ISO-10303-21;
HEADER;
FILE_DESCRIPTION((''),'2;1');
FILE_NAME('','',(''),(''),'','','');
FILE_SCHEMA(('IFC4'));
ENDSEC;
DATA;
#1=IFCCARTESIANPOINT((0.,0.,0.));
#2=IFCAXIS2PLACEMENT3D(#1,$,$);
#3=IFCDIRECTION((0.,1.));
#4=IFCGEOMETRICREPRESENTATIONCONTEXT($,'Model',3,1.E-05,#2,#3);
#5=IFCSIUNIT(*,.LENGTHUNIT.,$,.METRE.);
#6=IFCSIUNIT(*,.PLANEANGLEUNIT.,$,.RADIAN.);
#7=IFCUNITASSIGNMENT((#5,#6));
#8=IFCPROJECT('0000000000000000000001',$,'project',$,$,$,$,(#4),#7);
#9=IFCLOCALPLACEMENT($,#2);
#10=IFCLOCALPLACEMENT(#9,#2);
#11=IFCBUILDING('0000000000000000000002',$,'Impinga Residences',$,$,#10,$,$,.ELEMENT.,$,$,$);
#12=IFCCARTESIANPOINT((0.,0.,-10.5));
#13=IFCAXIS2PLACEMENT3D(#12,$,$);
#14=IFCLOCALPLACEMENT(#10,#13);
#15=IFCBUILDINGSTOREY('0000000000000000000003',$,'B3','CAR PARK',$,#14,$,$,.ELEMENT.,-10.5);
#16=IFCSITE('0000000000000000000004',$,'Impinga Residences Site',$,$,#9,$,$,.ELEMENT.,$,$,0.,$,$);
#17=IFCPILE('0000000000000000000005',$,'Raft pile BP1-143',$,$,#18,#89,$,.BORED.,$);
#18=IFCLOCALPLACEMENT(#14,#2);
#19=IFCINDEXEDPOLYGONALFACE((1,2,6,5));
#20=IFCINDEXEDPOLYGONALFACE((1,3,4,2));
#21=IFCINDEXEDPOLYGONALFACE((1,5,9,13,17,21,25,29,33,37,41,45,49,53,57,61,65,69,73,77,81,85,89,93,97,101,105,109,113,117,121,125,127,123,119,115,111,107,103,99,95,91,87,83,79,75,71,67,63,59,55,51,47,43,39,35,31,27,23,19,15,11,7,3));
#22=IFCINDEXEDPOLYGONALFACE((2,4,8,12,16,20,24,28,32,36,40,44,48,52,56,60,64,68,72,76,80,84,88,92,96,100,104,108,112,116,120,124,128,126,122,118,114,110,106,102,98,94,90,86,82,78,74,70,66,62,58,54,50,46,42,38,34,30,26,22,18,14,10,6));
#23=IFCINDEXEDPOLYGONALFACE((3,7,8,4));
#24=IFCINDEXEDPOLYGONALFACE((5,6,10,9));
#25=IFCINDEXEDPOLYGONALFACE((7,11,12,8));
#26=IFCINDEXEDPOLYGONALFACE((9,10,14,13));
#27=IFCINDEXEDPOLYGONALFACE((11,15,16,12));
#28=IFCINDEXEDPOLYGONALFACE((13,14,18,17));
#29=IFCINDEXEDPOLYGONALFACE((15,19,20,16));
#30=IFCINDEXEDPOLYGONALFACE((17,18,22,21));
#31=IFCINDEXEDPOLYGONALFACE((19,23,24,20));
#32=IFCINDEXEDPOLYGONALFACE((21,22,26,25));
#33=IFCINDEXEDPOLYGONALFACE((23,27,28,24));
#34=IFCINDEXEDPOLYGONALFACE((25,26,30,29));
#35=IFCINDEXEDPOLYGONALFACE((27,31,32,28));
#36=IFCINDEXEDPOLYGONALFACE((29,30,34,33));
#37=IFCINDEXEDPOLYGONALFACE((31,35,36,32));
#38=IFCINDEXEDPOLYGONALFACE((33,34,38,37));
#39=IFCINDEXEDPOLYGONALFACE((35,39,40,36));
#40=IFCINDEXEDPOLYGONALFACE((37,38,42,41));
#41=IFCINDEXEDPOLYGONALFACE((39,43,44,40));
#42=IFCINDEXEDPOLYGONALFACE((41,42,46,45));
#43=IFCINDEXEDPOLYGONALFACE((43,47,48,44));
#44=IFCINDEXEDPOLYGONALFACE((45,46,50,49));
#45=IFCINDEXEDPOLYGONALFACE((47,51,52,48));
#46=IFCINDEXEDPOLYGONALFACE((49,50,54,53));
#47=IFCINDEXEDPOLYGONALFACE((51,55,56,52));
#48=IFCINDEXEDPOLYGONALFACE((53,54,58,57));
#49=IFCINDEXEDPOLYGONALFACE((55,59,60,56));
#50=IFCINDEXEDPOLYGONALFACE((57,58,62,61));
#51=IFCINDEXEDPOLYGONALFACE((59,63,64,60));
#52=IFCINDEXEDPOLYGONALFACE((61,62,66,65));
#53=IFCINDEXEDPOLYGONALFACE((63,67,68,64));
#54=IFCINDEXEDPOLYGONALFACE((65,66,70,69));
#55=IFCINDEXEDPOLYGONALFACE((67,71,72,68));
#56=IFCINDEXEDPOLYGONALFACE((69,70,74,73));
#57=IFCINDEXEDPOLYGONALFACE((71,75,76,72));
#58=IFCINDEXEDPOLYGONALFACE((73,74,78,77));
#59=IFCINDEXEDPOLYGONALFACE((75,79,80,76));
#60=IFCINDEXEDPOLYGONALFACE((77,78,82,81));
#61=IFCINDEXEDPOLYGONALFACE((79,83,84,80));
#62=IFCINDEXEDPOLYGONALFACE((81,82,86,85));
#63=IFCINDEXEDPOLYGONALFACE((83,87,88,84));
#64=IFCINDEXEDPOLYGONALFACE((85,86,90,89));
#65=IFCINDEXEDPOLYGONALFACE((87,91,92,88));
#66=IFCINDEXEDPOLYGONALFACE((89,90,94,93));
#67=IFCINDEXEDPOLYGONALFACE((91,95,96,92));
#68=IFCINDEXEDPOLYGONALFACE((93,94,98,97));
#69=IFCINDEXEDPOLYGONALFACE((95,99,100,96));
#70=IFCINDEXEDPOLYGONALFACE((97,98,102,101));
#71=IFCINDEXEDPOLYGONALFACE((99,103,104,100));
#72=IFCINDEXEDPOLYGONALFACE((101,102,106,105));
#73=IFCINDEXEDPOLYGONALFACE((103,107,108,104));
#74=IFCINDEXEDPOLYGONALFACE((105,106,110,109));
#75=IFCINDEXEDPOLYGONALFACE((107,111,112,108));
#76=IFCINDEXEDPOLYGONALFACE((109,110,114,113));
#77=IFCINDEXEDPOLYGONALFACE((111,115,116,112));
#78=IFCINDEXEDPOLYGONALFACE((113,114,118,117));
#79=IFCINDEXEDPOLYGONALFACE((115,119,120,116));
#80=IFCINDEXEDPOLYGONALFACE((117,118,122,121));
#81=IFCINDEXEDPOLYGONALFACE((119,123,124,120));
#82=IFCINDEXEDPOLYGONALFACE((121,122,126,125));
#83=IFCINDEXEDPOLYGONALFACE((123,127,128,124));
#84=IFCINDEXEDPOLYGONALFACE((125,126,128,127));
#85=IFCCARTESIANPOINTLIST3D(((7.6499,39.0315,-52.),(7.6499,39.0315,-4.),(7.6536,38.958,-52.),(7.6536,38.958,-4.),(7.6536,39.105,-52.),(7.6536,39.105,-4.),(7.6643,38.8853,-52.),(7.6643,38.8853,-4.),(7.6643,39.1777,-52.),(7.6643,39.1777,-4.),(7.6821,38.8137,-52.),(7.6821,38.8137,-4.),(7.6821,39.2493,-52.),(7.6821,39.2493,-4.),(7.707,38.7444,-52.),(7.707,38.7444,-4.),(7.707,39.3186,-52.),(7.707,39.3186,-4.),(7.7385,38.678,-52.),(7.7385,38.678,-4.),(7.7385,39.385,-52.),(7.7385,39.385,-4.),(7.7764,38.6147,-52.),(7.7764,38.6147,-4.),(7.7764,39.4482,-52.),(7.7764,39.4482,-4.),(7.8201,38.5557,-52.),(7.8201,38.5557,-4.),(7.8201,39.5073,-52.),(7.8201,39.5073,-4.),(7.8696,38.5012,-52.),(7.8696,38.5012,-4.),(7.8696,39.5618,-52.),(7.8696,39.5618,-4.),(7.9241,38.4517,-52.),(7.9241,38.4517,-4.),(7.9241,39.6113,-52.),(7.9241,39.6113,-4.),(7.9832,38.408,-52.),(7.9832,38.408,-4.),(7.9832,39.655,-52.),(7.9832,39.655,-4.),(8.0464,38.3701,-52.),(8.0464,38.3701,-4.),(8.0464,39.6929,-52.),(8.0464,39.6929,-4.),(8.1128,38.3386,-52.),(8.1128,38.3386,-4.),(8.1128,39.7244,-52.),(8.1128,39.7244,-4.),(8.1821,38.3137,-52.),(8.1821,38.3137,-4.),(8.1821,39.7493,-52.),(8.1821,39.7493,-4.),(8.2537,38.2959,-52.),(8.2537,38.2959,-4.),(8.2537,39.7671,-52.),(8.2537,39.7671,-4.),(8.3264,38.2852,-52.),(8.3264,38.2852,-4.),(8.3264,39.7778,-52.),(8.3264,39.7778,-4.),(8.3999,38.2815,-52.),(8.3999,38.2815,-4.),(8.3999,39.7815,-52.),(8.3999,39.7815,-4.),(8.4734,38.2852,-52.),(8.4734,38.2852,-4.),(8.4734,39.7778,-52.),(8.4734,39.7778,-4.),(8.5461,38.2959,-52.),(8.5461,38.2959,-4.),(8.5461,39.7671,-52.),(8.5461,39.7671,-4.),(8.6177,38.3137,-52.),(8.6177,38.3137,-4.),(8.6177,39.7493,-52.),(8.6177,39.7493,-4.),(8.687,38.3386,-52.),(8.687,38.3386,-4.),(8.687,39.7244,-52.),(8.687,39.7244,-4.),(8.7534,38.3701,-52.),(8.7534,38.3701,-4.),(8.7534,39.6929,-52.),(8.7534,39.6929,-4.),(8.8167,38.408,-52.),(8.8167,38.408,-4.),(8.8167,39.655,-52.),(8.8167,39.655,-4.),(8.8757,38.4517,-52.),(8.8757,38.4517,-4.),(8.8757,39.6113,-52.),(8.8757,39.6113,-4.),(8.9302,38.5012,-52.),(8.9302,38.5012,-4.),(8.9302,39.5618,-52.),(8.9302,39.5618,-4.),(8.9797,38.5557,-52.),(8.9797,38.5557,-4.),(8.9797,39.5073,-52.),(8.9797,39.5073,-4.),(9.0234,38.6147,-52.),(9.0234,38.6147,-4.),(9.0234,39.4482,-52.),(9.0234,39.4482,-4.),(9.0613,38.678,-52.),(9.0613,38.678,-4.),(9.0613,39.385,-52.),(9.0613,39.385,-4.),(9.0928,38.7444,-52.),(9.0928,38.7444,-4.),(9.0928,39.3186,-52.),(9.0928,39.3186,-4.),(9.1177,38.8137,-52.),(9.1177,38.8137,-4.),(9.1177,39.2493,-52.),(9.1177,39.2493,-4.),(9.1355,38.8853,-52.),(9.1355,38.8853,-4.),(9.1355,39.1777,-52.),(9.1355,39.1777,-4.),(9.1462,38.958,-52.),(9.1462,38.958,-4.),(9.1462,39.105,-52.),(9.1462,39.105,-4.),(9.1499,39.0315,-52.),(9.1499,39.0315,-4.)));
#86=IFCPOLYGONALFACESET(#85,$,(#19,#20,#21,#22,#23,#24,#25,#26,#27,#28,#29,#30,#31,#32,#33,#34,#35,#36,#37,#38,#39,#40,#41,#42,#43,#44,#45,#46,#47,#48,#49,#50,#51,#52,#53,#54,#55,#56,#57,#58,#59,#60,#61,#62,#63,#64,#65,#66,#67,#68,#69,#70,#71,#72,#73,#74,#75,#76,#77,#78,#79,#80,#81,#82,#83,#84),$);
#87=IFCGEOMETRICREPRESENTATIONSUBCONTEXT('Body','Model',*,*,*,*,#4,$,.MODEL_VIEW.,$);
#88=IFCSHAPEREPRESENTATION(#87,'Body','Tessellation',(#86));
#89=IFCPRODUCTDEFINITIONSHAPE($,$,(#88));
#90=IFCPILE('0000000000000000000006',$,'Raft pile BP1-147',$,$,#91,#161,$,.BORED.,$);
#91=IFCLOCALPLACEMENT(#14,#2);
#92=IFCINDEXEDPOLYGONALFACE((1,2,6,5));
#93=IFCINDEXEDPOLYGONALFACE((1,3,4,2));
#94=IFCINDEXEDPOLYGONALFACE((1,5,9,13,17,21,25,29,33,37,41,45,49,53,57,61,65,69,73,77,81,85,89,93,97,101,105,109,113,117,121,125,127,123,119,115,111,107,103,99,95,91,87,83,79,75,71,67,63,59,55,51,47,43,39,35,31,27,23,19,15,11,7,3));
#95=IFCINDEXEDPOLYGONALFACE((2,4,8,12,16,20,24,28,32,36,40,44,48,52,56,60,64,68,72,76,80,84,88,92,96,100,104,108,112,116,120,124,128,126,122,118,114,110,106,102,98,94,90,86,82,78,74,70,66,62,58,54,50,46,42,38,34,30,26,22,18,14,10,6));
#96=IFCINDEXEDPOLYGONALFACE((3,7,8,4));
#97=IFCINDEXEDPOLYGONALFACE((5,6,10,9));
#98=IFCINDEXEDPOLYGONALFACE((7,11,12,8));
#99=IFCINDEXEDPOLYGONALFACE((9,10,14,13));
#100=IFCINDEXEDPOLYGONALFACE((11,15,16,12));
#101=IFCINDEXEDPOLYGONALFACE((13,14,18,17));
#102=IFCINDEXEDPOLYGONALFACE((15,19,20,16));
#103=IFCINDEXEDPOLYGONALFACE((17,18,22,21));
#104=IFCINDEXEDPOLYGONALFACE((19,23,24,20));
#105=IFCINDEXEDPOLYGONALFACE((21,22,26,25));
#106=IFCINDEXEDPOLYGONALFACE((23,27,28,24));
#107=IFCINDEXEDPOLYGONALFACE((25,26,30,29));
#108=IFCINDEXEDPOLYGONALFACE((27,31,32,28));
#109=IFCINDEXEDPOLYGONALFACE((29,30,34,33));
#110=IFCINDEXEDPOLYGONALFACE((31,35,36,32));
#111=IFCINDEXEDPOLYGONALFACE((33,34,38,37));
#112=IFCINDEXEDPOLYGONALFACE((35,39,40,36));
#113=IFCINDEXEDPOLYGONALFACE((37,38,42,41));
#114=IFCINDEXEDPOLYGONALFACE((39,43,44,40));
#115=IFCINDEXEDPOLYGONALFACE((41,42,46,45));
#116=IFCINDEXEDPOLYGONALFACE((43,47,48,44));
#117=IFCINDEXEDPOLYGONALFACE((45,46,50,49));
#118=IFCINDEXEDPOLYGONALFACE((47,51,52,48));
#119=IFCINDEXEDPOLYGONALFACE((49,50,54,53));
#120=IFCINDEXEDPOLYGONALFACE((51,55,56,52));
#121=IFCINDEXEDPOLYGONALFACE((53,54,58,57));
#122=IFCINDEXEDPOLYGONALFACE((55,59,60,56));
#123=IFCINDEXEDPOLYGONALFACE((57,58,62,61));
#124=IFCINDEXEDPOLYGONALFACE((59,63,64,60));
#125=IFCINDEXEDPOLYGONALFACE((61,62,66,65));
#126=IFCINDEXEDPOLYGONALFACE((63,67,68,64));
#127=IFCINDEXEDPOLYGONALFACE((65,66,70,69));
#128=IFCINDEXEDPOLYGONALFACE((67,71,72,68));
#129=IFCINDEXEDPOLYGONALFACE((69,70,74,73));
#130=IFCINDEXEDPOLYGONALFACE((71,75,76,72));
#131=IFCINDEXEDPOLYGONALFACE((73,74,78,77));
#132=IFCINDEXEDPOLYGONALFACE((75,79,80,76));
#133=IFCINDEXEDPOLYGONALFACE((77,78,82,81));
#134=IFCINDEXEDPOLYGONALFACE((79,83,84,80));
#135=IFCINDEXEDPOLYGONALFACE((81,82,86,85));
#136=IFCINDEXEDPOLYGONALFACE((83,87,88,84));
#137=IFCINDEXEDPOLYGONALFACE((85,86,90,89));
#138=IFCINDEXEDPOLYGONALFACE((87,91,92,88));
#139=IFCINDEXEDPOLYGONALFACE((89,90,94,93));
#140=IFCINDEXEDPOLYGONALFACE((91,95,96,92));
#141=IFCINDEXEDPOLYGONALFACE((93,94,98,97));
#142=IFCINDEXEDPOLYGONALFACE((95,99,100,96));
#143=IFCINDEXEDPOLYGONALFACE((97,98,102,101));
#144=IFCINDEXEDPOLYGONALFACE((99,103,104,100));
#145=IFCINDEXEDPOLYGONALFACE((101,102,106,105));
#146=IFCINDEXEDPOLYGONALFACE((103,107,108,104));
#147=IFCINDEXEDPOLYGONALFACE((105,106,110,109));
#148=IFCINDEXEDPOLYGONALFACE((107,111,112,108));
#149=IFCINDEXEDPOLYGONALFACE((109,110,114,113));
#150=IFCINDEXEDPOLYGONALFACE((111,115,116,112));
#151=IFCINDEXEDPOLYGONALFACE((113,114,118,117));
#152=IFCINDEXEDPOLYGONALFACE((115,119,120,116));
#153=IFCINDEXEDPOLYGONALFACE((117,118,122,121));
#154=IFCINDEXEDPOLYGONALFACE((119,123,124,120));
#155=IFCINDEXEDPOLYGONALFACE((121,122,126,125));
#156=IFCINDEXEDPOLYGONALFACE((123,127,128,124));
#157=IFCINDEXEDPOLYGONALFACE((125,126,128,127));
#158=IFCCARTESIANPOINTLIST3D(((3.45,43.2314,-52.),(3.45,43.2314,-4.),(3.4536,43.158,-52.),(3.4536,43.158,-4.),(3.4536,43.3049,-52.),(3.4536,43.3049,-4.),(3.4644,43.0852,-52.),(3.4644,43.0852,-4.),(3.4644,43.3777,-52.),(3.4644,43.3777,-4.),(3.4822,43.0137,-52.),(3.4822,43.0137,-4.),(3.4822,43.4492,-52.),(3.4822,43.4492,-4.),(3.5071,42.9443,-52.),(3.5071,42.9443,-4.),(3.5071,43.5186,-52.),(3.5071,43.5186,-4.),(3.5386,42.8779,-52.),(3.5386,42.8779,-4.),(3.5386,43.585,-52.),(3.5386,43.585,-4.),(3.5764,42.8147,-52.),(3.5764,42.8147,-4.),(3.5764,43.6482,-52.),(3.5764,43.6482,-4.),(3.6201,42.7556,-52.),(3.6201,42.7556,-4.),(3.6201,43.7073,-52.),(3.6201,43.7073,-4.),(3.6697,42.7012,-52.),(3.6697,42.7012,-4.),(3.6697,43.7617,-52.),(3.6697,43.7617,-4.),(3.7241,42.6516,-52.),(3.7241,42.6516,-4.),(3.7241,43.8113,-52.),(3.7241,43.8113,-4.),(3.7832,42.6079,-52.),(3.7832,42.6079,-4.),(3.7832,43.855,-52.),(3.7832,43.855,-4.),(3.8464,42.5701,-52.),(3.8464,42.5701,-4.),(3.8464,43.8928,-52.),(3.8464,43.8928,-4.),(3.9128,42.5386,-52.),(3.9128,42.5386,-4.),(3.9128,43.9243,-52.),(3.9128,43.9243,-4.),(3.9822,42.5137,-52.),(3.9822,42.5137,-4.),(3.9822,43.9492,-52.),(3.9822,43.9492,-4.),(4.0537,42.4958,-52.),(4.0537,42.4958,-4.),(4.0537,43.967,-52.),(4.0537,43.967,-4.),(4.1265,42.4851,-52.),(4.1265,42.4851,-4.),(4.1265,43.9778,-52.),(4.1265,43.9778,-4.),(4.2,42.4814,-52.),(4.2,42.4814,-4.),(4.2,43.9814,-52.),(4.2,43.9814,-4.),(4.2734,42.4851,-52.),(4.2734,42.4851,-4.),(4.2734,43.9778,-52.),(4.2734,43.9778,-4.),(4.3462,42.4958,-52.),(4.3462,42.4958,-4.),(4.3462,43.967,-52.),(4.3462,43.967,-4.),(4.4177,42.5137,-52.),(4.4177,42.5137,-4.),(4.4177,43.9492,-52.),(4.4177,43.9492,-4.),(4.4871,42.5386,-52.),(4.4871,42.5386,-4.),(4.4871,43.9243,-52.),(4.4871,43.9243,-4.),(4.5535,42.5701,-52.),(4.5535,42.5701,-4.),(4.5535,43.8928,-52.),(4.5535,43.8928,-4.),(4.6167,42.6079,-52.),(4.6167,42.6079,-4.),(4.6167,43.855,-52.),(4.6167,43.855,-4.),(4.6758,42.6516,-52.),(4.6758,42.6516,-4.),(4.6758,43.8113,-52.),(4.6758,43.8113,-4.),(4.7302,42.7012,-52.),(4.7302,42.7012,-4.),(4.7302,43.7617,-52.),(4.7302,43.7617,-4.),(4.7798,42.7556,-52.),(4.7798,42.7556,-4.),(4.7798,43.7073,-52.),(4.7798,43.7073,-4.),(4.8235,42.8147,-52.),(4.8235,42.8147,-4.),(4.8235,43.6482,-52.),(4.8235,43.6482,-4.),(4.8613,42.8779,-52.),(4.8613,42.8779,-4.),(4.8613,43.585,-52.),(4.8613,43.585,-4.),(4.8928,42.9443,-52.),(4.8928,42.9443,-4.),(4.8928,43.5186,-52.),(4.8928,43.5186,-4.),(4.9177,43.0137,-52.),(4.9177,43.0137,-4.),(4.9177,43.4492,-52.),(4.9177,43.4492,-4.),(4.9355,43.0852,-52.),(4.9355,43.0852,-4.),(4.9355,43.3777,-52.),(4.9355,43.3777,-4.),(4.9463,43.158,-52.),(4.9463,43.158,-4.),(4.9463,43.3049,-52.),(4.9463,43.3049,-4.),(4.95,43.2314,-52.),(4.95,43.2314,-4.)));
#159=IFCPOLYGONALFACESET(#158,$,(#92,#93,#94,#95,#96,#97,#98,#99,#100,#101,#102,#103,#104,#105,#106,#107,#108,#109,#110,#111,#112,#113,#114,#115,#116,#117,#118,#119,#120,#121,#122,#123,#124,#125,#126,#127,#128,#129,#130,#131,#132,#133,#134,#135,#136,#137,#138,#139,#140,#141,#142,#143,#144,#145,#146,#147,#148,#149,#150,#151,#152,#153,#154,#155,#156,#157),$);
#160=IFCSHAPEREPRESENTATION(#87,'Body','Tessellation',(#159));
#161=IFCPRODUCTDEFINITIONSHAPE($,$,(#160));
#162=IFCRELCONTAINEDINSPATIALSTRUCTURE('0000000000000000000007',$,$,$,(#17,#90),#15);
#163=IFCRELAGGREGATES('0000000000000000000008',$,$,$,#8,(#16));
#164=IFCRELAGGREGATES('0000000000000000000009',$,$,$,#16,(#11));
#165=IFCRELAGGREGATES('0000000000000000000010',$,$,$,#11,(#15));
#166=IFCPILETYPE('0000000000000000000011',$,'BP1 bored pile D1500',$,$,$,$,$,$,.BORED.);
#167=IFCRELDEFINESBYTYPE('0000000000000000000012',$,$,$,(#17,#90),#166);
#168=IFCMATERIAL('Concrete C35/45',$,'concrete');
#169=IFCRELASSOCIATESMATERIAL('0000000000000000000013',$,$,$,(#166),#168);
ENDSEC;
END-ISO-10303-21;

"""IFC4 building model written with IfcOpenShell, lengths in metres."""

from ifc_helpers import new_model, si_unit, direction, frame, origin, origin_2d, place, context, subcontext, project, spatial, polyline, circle, outline, extrude, material, material_profile, profile_set, type_object, element, save


model = new_model("IFC4")

# Units and contexts
model_context = context("Model", 3, precision=1e-05, world=origin(), true_north=direction((0.0, 1.0)))
body_context = subcontext(model_context, "Body", "Model", "MODEL_VIEW")
ifc_project = project(units=[si_unit("LENGTHUNIT", "METRE"), si_unit("PLANEANGLEUNIT", "RADIAN")], contexts=[model_context])

# Site, building, storey
site_placement = place(None, origin())
site = spatial("IfcSite", under=ifc_project, at=site_placement, Name="Impinga Residences Site", CompositionType="ELEMENT", RefElevation=0.0)
building_placement = place(site_placement, origin())
building = spatial("IfcBuilding", under=site, at=building_placement, Name="Impinga Residences", CompositionType="ELEMENT")
storey_placement = place(building_placement, frame((0.0, 0.0, -10.5)))
storey = spatial("IfcBuildingStorey", under=building, at=storey_placement, Name="B3", Description="CAR PARK", CompositionType="ELEMENT", Elevation=-10.5)

# Piles
ifc_material_1 = material(Name="Concrete C35/45", Category="concrete")
ifc_material_profile_1 = material_profile(ifc_material_1, circle(Radius=0.75, at=origin_2d()), Name="D1500")
ifc_profile_set_1 = profile_set([ifc_material_profile_1], Name="Concrete C35/45")
pile_type_1 = type_object("IfcPileType", Name="BP1 bored pile D1500", PredefinedType="BORED", material=ifc_profile_set_1)
pile_1_placement = place(storey_placement, frame((8.3999, 39.0315, -4.0), z_axis=(0.0, 0.0, -1.0), x_axis=(1.0, 0.0, 0.0)))
element("IfcPile", 1, at=pile_1_placement, inside=storey, type_object=pile_type_1, Name="Raft pile BP1-143", PredefinedType="BORED", context=body_context, shape_type="SweptSolid", body=[
    extrude(outline(polyline([(0.75, 0.0), (0.7463, 0.0735), (0.7356, 0.1462), (0.7178, 0.2178), (0.6929, 0.2871), (0.6614, 0.3535), (0.6235, 0.4167), (0.5798, 0.4758), (0.5303, 0.5303), (0.4758, 0.5798), (0.4167, 0.6235), (0.3535, 0.6614), (0.2871, 0.6929), (0.2178, 0.7178), (0.1462, 0.7356), (0.0735, 0.7463), (0.0, 0.75), (-0.0735, 0.7463), (-0.1462, 0.7356), (-0.2178, 0.7178), (-0.2871, 0.6929), (-0.3535, 0.6614), (-0.4167, 0.6235), (-0.4758, 0.5798), (-0.5303, 0.5303), (-0.5798, 0.4758), (-0.6235, 0.4167), (-0.6614, 0.3535), (-0.6929, 0.2871), (-0.7178, 0.2178), (-0.7356, 0.1462), (-0.7463, 0.0735), (-0.75, 0.0), (-0.7463, -0.0735), (-0.7356, -0.1462), (-0.7178, -0.2178), (-0.6929, -0.2871), (-0.6614, -0.3535), (-0.6235, -0.4167), (-0.5798, -0.4758), (-0.5303, -0.5303), (-0.4758, -0.5798), (-0.4167, -0.6235), (-0.3535, -0.6614), (-0.2871, -0.6929), (-0.2178, -0.7178), (-0.1462, -0.7356), (-0.0735, -0.7463), (0.0, -0.75), (0.0735, -0.7463), (0.1462, -0.7356), (0.2178, -0.7178), (0.2871, -0.6929), (0.3535, -0.6614), (0.4167, -0.6235), (0.4758, -0.5798), (0.5303, -0.5303), (0.5798, -0.4758), (0.6235, -0.4167), (0.6614, -0.3535), (0.6929, -0.2871), (0.7178, -0.2178), (0.7356, -0.1462), (0.7463, -0.0735), (0.75, 0.0)])), origin(), (0.0, 0.0, 1.0), 48.0),
])
pile_2_placement = place(storey_placement, frame((4.2, 43.2314, -4.0), z_axis=(0.0, 0.0, -1.0), x_axis=(1.0, 0.0, 0.0)))
element("IfcPile", 2, at=pile_2_placement, inside=storey, type_object=pile_type_1, Name="Raft pile BP1-147", PredefinedType="BORED", context=body_context, shape_type="SweptSolid", body=[
    extrude(outline(polyline([(0.75, 0.0), (0.7463, 0.0735), (0.7356, 0.1462), (0.7178, 0.2178), (0.6929, 0.2871), (0.6614, 0.3535), (0.6235, 0.4167), (0.5798, 0.4758), (0.5303, 0.5303), (0.4758, 0.5798), (0.4167, 0.6235), (0.3535, 0.6614), (0.2871, 0.6929), (0.2178, 0.7178), (0.1462, 0.7356), (0.0735, 0.7463), (0.0, 0.75), (-0.0735, 0.7463), (-0.1462, 0.7356), (-0.2178, 0.7178), (-0.2871, 0.6929), (-0.3535, 0.6614), (-0.4167, 0.6235), (-0.4758, 0.5798), (-0.5303, 0.5303), (-0.5798, 0.4758), (-0.6235, 0.4167), (-0.6614, 0.3535), (-0.6929, 0.2871), (-0.7178, 0.2178), (-0.7356, 0.1462), (-0.7463, 0.0735), (-0.75, 0.0), (-0.7463, -0.0735), (-0.7356, -0.1462), (-0.7178, -0.2178), (-0.6929, -0.2871), (-0.6614, -0.3535), (-0.6235, -0.4167), (-0.5798, -0.4758), (-0.5303, -0.5303), (-0.4758, -0.5798), (-0.4167, -0.6235), (-0.3535, -0.6614), (-0.2871, -0.6929), (-0.2178, -0.7178), (-0.1462, -0.7356), (-0.0735, -0.7463), (0.0, -0.75), (0.0735, -0.7463), (0.1462, -0.7356), (0.2178, -0.7178), (0.2871, -0.6929), (0.3535, -0.6614), (0.4167, -0.6235), (0.4758, -0.5798), (0.5303, -0.5303), (0.5798, -0.4758), (0.6235, -0.4167), (0.6614, -0.3535), (0.6929, -0.2871), (0.7178, -0.2178), (0.7356, -0.1462), (0.7463, -0.0735), (0.75, 0.0)])), origin(), (0.0, 0.0, 1.0), 48.0),
])

save(model, "model.ifc")
